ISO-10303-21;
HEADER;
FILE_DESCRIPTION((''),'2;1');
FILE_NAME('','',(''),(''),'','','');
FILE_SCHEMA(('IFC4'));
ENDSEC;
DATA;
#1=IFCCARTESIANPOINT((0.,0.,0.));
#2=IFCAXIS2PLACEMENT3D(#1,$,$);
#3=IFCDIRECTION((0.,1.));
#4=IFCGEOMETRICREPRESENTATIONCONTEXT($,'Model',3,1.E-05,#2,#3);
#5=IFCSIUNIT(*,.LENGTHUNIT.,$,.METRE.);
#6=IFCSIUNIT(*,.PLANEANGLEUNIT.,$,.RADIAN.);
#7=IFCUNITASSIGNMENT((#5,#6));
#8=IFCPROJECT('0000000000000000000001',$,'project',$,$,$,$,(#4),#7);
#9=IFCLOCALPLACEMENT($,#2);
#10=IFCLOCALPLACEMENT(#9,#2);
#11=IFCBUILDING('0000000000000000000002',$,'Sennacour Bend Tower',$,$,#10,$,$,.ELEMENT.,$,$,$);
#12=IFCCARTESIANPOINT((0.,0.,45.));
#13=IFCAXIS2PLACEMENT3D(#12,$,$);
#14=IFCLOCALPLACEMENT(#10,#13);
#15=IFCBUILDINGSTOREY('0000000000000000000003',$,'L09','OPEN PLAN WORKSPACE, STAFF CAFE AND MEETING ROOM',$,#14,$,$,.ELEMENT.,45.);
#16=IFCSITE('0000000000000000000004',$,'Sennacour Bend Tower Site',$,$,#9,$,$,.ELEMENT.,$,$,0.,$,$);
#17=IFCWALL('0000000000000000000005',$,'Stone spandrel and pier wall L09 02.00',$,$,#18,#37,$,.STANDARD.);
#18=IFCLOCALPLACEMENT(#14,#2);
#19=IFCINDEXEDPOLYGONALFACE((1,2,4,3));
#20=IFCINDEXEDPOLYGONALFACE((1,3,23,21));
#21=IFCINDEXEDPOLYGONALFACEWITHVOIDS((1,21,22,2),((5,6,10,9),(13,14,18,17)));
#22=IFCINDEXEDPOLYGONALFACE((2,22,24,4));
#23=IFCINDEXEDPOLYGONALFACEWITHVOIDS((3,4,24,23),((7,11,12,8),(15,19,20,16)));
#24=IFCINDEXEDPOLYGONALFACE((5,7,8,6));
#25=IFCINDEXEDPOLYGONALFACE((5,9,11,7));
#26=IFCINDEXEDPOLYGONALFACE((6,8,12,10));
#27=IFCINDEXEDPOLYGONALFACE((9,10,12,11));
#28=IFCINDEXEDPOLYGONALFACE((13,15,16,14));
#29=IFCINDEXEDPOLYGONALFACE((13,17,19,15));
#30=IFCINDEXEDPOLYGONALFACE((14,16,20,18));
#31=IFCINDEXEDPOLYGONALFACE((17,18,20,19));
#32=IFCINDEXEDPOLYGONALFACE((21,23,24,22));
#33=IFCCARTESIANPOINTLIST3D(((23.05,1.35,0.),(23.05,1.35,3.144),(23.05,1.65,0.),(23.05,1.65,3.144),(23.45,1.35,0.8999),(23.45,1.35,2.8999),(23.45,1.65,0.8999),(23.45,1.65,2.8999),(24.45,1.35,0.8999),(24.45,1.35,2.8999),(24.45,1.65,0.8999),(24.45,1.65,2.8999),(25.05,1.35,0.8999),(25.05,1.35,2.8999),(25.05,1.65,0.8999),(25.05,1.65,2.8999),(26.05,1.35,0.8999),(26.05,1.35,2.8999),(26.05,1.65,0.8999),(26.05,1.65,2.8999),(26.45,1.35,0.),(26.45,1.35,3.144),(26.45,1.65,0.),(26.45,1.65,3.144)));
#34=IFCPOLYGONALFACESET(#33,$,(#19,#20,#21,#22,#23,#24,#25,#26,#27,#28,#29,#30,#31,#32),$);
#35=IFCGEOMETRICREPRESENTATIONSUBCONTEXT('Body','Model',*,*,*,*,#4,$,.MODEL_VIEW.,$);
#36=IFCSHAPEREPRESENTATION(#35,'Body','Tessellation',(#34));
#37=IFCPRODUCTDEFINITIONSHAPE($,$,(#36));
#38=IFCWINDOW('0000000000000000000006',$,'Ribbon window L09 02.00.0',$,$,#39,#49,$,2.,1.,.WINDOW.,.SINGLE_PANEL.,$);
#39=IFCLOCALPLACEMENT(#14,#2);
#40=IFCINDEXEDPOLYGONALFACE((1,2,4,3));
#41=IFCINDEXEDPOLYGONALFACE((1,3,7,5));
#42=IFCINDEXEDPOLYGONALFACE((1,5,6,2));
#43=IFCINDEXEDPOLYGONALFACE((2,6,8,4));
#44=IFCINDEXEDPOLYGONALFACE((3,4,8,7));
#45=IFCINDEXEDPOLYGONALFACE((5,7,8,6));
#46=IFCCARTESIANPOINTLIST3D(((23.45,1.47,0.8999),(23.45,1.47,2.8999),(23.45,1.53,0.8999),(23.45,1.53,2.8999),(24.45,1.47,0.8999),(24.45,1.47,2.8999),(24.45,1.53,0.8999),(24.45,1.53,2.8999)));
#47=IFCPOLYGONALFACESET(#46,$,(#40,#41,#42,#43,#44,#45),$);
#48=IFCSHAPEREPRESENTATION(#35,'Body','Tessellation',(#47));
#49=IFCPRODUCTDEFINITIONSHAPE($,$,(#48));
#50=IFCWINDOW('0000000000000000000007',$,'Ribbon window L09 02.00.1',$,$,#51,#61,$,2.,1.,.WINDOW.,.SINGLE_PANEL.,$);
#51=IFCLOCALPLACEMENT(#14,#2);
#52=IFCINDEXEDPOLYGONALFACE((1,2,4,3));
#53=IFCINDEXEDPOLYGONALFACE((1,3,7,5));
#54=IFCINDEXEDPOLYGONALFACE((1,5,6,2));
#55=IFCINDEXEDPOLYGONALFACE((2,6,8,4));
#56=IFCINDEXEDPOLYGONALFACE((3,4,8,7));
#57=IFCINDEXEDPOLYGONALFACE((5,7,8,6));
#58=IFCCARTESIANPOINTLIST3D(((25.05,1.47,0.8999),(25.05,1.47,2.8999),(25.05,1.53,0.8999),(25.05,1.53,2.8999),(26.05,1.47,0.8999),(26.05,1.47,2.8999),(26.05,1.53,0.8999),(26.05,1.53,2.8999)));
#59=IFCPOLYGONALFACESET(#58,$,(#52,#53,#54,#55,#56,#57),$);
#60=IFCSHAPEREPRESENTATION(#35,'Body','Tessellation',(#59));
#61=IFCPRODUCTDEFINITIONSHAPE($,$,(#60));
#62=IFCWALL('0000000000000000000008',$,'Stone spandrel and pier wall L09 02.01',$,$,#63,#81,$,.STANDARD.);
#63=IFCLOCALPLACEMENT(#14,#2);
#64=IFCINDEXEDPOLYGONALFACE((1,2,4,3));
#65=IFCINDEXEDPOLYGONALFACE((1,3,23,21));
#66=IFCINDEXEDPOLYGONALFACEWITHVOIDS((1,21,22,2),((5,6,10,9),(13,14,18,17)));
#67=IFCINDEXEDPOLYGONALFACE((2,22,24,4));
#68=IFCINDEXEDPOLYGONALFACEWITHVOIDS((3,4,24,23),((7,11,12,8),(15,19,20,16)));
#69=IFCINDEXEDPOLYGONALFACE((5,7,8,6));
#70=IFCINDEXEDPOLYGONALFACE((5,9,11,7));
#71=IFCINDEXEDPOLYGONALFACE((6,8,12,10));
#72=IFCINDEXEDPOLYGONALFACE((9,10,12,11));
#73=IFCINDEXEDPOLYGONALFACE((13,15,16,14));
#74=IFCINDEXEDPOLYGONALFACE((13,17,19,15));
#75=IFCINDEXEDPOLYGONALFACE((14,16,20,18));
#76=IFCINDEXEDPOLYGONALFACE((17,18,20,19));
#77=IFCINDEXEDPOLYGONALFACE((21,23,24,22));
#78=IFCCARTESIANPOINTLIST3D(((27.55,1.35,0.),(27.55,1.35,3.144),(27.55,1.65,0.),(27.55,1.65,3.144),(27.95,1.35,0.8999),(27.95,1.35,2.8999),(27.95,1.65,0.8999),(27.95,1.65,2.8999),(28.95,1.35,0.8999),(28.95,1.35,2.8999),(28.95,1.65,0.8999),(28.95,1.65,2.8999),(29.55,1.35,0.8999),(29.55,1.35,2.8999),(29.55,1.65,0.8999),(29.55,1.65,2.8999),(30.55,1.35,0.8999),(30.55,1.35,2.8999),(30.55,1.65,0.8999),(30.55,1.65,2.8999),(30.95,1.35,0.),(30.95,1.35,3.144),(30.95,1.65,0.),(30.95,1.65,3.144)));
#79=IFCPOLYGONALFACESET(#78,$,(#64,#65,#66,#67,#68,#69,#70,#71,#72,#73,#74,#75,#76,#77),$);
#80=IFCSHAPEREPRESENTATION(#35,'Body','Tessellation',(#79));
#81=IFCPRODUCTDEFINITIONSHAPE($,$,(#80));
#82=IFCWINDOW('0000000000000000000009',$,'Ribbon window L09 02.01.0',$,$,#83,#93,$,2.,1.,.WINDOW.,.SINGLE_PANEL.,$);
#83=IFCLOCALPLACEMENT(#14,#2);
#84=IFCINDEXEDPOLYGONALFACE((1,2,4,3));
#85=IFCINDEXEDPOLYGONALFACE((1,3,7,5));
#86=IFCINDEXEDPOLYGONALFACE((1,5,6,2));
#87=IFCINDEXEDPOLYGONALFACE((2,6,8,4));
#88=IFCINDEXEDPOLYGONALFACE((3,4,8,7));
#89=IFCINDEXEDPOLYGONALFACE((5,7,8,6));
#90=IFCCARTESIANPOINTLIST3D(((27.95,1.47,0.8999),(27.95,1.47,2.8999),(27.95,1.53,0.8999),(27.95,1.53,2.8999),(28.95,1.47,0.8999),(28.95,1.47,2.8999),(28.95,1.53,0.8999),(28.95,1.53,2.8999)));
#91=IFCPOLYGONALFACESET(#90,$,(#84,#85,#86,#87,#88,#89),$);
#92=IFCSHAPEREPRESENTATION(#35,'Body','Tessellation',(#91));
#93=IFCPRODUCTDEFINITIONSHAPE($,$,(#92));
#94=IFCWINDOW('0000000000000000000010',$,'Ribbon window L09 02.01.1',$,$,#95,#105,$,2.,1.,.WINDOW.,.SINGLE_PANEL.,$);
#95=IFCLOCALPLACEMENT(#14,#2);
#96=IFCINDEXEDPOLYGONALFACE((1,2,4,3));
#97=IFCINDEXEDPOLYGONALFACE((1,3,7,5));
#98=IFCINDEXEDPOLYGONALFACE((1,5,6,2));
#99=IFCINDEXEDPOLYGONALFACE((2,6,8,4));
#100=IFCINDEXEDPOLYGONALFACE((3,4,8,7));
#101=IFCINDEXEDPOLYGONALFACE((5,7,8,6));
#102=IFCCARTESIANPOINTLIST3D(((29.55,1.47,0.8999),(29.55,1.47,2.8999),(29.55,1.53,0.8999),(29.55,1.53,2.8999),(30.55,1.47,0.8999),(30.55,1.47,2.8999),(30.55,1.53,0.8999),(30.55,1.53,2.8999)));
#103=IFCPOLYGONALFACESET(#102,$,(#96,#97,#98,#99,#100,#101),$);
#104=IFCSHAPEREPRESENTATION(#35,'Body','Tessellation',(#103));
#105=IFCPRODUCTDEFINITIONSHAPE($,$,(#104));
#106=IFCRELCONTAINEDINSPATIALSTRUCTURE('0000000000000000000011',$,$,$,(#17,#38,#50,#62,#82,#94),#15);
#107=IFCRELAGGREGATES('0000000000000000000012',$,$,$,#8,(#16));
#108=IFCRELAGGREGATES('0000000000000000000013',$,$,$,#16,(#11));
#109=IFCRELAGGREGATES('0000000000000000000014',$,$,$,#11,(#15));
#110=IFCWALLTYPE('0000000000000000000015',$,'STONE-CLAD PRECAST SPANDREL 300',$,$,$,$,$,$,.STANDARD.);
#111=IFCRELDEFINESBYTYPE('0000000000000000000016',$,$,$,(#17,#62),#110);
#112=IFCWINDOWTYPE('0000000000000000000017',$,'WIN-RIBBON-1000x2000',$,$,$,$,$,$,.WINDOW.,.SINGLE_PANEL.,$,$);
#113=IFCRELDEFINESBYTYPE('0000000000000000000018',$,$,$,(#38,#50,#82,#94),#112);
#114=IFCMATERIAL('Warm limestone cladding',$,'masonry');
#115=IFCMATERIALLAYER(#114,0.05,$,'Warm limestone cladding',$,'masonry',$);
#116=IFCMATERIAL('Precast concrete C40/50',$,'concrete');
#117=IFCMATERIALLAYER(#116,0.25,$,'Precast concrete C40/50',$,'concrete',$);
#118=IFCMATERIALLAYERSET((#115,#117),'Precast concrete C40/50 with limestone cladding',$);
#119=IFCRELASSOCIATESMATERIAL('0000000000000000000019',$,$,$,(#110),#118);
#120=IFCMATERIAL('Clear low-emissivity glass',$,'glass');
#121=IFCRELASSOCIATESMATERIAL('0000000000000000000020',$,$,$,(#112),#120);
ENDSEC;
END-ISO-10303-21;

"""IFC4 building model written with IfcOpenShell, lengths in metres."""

from ifc_helpers import new_model, si_unit, direction, frame, frame_2d, origin, place, context, subcontext, project, spatial, rectangle, extrude, material, layer, layer_set, type_object, element, fill, save


model = new_model("IFC4")

# Units and contexts
model_context = context("Model", 3, precision=1e-05, world=origin(), true_north=direction((0.0, 1.0)))
body_context = subcontext(model_context, "Body", "Model", "MODEL_VIEW")
ifc_project = project(units=[si_unit("LENGTHUNIT", "METRE"), si_unit("PLANEANGLEUNIT", "RADIAN")], contexts=[model_context])

# Site, building, storey
site_placement = place(None, origin())
site = spatial("IfcSite", under=ifc_project, at=site_placement, Name="Sennacour Bend Tower Site", CompositionType="ELEMENT", RefElevation=0.0)
building_placement = place(site_placement, origin())
building = spatial("IfcBuilding", under=site, at=building_placement, Name="Sennacour Bend Tower", CompositionType="ELEMENT")
storey_placement = place(building_placement, frame((0.0, 0.0, 45.0)))
storey = spatial("IfcBuildingStorey", under=building, at=storey_placement, Name="L09", Description="OPEN PLAN WORKSPACE, STAFF CAFE AND MEETING ROOM", CompositionType="ELEMENT", Elevation=45.0)

# Shared definitions
ifc_material_1 = material(Name="Warm limestone cladding", Category="masonry")
ifc_layer_1 = layer(ifc_material_1, 0.05, Name="Warm limestone cladding", Category="masonry")
ifc_material_2 = material(Name="Precast concrete C40/50", Category="concrete")
ifc_layer_2 = layer(ifc_material_2, 0.25, Name="Precast concrete C40/50", Category="concrete")
ifc_layer_set_1 = layer_set([ifc_layer_1, ifc_layer_2], Name="Precast concrete C40/50 with limestone cladding")
wall_type_1 = type_object("IfcWallType", Name="STONE-CLAD PRECAST SPANDREL 300", PredefinedType="STANDARD", material=ifc_layer_set_1)

# Walls, openings, windows
wall_1_placement = place(storey_placement, frame((23.05, 1.5, 0.0), z_axis=(0.0, 0.0, 1.0), x_axis=(1.0, 0.0, 0.0)))
wall_1 = element("IfcWall", 1, at=wall_1_placement, inside=storey, type_object=wall_type_1, Name="Stone spandrel and pier wall L09 02.00", PredefinedType="STANDARD", context=body_context, shape_type="SweptSolid", body=[
    extrude(rectangle(XDim=3.3999, YDim=0.3, at=frame_2d((1.7, 0.0))), origin(), (0.0, 0.0, 1.0), 3.144),
])
opening_1_placement = place(wall_1_placement, frame((0.3999, 0.0, 0.8999)))
opening_1 = element("IfcOpeningElement", 2, at=opening_1_placement, cuts=wall_1, PredefinedType="OPENING", context=body_context, shape_type="SweptSolid", body=[
    extrude(rectangle(XDim=1.0, YDim=2.0, at=frame_2d((0.5, 1.0))), frame((0.0, 0.1602, 0.0), z_axis=(0.0, -1.0, 0.0), x_axis=(1.0, 0.0, 0.0)), (0.0, 0.0, 1.0), 0.3201),
])
opening_2_placement = place(wall_1_placement, frame((2.0, 0.0, 0.8999)))
opening_2 = element("IfcOpeningElement", 3, at=opening_2_placement, cuts=wall_1, PredefinedType="OPENING", context=body_context, shape_type="SweptSolid", body=[
    extrude(rectangle(XDim=1.0, YDim=2.0, at=frame_2d((0.5, 1.0))), frame((0.0, 0.1602, 0.0), z_axis=(0.0, -1.0, 0.0), x_axis=(1.0, 0.0, 0.0)), (0.0, 0.0, 1.0), 0.3201),
])
ifc_material_3 = material(Name="Clear low-emissivity glass", Category="glass")
window_type = type_object("IfcWindowType", Name="WIN-RIBBON-1000x2000", PartitioningType="SINGLE_PANEL", PredefinedType="WINDOW", material=ifc_material_3)
window_1_placement = place(opening_1_placement, origin())
window_1 = element("IfcWindow", 4, at=window_1_placement, inside=storey, type_object=window_type, Name="Ribbon window L09 02.00.0", OverallHeight=2.0, OverallWidth=1.0, PartitioningType="SINGLE_PANEL", PredefinedType="WINDOW", context=body_context, shape_type="SweptSolid", body=[
    extrude(rectangle(XDim=1.0, YDim=2.0, at=frame_2d((0.5, 1.0))), frame((0.0, 0.03, 0.0), z_axis=(0.0, -1.0, 0.0), x_axis=(1.0, 0.0, 0.0)), (0.0, 0.0, 1.0), 0.0601),
])
fill(opening_1, window_1)
window_2_placement = place(opening_2_placement, origin())
window_2 = element("IfcWindow", 5, at=window_2_placement, inside=storey, type_object=window_type, Name="Ribbon window L09 02.00.1", OverallHeight=2.0, OverallWidth=1.0, PartitioningType="SINGLE_PANEL", PredefinedType="WINDOW", context=body_context, shape_type="SweptSolid", body=[
    extrude(rectangle(XDim=1.0, YDim=2.0, at=frame_2d((0.5, 1.0))), frame((0.0, 0.03, 0.0), z_axis=(0.0, -1.0, 0.0), x_axis=(1.0, 0.0, 0.0)), (0.0, 0.0, 1.0), 0.0601),
])
fill(opening_2, window_2)
wall_2_placement = place(storey_placement, frame((27.55, 1.5, 0.0), z_axis=(0.0, 0.0, 1.0), x_axis=(1.0, 0.0, 0.0)))
wall_2 = element("IfcWall", 6, at=wall_2_placement, inside=storey, type_object=wall_type_1, Name="Stone spandrel and pier wall L09 02.01", PredefinedType="STANDARD", context=body_context, shape_type="SweptSolid", body=[
    extrude(rectangle(XDim=3.3999, YDim=0.3, at=frame_2d((1.7, 0.0))), origin(), (0.0, 0.0, 1.0), 3.144),
])
opening_3_placement = place(wall_2_placement, frame((0.3999, 0.0, 0.8999)))
opening_3 = element("IfcOpeningElement", 7, at=opening_3_placement, cuts=wall_2, PredefinedType="OPENING", context=body_context, shape_type="SweptSolid", body=[
    extrude(rectangle(XDim=1.0, YDim=2.0, at=frame_2d((0.5, 1.0))), frame((0.0, 0.1602, 0.0), z_axis=(0.0, -1.0, 0.0), x_axis=(1.0, 0.0, 0.0)), (0.0, 0.0, 1.0), 0.3201),
])
opening_4_placement = place(wall_2_placement, frame((2.0, 0.0, 0.8999)))
opening_4 = element("IfcOpeningElement", 8, at=opening_4_placement, cuts=wall_2, PredefinedType="OPENING", context=body_context, shape_type="SweptSolid", body=[
    extrude(rectangle(XDim=1.0, YDim=2.0, at=frame_2d((0.5, 1.0))), frame((0.0, 0.1602, 0.0), z_axis=(0.0, -1.0, 0.0), x_axis=(1.0, 0.0, 0.0)), (0.0, 0.0, 1.0), 0.3201),
])
window_3_placement = place(opening_3_placement, origin())
window_3 = element("IfcWindow", 9, at=window_3_placement, inside=storey, type_object=window_type, Name="Ribbon window L09 02.01.0", OverallHeight=2.0, OverallWidth=1.0, PartitioningType="SINGLE_PANEL", PredefinedType="WINDOW", context=body_context, shape_type="SweptSolid", body=[
    extrude(rectangle(XDim=1.0, YDim=2.0, at=frame_2d((0.5, 1.0))), frame((0.0, 0.03, 0.0), z_axis=(0.0, -1.0, 0.0), x_axis=(1.0, 0.0, 0.0)), (0.0, 0.0, 1.0), 0.0601),
])
fill(opening_3, window_3)
window_4_placement = place(opening_4_placement, origin())
window_4 = element("IfcWindow", 10, at=window_4_placement, inside=storey, type_object=window_type, Name="Ribbon window L09 02.01.1", OverallHeight=2.0, OverallWidth=1.0, PartitioningType="SINGLE_PANEL", PredefinedType="WINDOW", context=body_context, shape_type="SweptSolid", body=[
    extrude(rectangle(XDim=1.0, YDim=2.0, at=frame_2d((0.5, 1.0))), frame((0.0, 0.03, 0.0), z_axis=(0.0, -1.0, 0.0), x_axis=(1.0, 0.0, 0.0)), (0.0, 0.0, 1.0), 0.0601),
])
fill(opening_4, window_4)

save(model, "model.ifc")
